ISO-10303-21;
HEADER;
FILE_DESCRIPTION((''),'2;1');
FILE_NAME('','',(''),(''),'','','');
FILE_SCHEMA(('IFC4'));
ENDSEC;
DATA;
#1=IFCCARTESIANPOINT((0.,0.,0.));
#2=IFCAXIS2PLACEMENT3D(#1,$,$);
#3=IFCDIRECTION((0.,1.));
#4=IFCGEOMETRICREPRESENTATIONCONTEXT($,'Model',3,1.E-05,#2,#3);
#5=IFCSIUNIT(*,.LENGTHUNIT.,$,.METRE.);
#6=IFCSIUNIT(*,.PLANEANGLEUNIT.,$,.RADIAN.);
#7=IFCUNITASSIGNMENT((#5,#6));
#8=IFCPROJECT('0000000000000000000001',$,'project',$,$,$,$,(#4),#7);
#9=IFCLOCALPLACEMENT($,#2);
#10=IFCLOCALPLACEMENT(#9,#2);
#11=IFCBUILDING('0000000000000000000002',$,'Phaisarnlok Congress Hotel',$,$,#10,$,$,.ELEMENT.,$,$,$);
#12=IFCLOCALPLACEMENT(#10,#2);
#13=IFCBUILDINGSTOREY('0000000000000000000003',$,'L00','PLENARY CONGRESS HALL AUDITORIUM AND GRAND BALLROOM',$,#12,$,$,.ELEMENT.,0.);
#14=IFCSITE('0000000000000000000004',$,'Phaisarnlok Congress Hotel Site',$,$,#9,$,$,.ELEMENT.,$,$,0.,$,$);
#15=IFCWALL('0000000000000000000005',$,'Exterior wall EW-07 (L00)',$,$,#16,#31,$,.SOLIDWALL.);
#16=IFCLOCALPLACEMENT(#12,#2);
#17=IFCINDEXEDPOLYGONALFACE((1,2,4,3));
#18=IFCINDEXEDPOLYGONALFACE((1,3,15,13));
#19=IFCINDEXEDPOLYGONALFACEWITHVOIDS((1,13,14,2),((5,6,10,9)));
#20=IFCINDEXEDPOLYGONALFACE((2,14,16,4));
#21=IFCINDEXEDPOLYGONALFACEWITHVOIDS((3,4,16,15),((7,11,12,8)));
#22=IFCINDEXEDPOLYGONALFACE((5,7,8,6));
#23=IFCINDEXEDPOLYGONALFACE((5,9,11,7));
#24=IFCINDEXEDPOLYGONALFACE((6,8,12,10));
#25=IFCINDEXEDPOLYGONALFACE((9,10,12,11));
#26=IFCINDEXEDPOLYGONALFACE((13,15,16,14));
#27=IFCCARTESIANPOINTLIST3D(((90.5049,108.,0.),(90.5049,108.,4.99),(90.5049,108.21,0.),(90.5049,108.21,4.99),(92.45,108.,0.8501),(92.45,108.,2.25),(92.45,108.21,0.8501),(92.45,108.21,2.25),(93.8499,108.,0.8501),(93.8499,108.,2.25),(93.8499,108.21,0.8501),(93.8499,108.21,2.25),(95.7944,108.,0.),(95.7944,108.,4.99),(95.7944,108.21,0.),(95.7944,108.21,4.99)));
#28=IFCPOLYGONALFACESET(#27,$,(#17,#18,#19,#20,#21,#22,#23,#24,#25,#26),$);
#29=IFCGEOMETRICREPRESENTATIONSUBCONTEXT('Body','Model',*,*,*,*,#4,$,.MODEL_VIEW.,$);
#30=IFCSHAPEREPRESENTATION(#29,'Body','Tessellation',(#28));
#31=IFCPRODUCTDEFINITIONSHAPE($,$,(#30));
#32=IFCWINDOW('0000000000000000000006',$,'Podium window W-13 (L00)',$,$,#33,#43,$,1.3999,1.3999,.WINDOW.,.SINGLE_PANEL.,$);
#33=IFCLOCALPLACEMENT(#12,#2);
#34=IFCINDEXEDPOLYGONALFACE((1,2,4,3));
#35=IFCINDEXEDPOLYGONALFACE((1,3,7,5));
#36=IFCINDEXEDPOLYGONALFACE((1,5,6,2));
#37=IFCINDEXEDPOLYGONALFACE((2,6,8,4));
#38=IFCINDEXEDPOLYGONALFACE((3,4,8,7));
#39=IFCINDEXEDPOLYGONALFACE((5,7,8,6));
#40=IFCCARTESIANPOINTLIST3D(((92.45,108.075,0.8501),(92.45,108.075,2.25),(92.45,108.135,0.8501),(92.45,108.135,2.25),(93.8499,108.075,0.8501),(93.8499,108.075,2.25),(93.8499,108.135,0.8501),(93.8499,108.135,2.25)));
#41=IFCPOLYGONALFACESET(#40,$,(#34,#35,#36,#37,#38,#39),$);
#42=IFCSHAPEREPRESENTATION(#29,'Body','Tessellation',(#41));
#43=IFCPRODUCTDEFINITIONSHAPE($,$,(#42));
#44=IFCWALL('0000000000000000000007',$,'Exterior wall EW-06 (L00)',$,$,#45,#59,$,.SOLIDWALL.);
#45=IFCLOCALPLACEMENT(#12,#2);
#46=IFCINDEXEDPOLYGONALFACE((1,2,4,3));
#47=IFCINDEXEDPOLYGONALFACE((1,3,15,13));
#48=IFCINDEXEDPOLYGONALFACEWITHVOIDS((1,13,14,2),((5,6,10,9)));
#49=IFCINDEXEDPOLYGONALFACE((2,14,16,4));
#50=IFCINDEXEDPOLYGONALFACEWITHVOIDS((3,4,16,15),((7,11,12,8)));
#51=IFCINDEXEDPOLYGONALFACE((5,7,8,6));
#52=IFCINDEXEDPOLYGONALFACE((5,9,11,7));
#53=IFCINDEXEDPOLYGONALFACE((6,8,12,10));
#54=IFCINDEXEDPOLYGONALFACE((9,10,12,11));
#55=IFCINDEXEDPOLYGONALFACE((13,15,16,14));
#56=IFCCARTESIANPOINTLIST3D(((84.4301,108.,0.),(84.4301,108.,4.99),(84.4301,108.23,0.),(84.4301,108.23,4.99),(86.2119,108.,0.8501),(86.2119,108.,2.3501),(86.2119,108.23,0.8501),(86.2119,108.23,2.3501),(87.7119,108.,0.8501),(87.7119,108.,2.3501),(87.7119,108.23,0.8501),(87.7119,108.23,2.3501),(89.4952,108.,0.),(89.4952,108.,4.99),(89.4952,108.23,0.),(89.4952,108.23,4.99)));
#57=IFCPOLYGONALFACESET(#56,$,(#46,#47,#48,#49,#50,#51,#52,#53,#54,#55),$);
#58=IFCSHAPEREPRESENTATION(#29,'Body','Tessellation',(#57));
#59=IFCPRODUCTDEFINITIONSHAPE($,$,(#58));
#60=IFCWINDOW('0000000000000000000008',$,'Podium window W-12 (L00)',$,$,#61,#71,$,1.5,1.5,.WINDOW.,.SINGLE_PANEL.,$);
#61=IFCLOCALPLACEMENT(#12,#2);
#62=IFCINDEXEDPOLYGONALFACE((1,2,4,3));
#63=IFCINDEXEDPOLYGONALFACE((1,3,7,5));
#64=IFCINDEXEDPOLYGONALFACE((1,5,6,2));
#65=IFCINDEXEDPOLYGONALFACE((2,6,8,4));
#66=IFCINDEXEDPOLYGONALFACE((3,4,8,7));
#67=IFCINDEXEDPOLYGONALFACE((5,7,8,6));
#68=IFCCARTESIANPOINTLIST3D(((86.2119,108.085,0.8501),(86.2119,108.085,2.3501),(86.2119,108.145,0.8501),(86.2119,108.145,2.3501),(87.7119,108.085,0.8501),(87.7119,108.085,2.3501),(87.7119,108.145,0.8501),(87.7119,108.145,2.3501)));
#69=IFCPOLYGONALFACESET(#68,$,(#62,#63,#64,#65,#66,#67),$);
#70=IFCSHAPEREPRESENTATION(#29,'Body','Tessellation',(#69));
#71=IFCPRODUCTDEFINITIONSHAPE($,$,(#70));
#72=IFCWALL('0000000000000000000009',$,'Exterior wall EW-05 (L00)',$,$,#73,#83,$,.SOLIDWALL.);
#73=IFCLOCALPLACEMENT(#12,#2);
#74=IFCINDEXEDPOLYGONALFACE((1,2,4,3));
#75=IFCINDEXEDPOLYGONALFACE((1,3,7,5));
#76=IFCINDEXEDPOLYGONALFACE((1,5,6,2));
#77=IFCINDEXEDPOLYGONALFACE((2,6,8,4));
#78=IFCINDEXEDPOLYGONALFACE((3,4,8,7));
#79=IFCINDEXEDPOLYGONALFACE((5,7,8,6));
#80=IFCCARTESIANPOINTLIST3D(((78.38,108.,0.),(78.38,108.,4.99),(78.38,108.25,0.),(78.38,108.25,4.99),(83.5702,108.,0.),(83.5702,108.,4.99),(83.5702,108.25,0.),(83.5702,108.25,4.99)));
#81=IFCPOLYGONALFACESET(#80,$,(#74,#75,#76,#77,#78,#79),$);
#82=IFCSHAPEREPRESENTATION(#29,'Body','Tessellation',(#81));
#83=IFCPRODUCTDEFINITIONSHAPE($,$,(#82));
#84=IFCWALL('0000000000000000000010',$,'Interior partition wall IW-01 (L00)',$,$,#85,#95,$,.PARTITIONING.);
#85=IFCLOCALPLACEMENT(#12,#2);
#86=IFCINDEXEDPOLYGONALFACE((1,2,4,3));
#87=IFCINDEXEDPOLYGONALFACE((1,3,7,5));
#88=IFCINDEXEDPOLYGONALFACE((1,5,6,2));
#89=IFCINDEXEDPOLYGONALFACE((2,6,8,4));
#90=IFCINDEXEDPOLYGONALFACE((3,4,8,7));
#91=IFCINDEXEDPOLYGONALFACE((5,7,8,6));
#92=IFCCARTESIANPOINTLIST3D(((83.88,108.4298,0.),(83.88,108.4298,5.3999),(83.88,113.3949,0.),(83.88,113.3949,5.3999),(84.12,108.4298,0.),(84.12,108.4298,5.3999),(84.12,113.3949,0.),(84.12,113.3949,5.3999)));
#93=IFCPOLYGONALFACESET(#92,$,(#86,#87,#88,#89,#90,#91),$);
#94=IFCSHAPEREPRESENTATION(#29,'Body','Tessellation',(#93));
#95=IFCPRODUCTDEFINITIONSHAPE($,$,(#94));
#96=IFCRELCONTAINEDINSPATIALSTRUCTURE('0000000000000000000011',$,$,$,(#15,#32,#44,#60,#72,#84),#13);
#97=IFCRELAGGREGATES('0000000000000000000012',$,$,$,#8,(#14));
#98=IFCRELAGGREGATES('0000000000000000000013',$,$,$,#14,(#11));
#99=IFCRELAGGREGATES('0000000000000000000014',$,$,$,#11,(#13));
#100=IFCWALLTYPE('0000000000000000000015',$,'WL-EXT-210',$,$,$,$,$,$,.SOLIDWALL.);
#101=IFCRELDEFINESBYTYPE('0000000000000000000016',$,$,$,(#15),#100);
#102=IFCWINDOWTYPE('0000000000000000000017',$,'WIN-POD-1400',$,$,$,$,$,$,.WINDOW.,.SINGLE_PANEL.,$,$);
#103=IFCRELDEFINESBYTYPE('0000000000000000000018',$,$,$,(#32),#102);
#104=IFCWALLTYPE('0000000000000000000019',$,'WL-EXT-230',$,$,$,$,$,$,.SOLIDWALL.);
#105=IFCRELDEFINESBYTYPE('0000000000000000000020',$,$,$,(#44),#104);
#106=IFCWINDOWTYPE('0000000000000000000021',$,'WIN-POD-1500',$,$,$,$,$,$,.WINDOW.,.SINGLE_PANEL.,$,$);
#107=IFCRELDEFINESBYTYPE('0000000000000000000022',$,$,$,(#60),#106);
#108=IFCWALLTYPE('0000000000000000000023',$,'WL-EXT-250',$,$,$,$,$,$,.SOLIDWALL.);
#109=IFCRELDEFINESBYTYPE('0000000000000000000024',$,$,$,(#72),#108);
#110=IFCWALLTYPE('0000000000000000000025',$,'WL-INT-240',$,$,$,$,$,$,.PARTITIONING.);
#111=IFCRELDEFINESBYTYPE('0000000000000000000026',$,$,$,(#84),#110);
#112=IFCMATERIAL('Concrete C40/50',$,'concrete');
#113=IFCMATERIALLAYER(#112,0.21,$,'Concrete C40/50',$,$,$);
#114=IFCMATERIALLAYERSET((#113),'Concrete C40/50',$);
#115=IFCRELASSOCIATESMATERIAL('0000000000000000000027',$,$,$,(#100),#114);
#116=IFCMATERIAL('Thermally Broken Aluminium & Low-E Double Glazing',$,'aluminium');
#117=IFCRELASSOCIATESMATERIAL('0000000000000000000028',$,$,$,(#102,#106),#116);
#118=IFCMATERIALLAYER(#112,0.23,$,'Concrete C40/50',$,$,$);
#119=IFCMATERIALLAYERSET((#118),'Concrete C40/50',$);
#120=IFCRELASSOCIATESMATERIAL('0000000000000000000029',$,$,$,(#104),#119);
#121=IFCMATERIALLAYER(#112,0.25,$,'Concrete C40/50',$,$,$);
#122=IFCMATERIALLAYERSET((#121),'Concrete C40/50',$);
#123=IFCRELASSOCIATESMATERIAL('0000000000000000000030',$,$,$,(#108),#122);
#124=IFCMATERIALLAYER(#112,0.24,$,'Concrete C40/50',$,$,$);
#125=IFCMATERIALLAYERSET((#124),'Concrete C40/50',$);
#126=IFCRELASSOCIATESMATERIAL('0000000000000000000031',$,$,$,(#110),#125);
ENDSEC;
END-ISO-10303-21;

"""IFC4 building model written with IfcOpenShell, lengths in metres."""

from ifc_helpers import new_model, si_unit, direction, frame, frame_2d, origin, place, context, subcontext, project, spatial, rectangle, extrude, material, layer, layer_set, type_object, element, fill, save


model = new_model("IFC4")

# Units and contexts
model_context = context("Model", 3, precision=1e-05, world=origin(), true_north=direction((0.0, 1.0)))
body_context = subcontext(model_context, "Body", "Model", "MODEL_VIEW")
ifc_project = project(units=[si_unit("LENGTHUNIT", "METRE"), si_unit("PLANEANGLEUNIT", "RADIAN")], contexts=[model_context])

# Site, building, storey
site_placement = place(None, origin())
site = spatial("IfcSite", under=ifc_project, at=site_placement, Name="Phaisarnlok Congress Hotel Site", CompositionType="ELEMENT", RefElevation=0.0)
building_placement = place(site_placement, origin())
building = spatial("IfcBuilding", under=site, at=building_placement, Name="Phaisarnlok Congress Hotel", CompositionType="ELEMENT")
storey_placement = place(building_placement, origin())
storey = spatial("IfcBuildingStorey", under=building, at=storey_placement, Name="L00", Description="PLENARY CONGRESS HALL AUDITORIUM AND GRAND BALLROOM", CompositionType="ELEMENT", Elevation=0.0)

# Shared definitions
ifc_material_1 = material(Name="Concrete C40/50", Category="concrete")

# Walls, openings, windows
ifc_layer_1 = layer(ifc_material_1, 0.21, Name="Concrete C40/50")
ifc_layer_set_1 = layer_set([ifc_layer_1], Name="Concrete C40/50")
wall_type_1 = type_object("IfcWallType", Name="WL-EXT-210", PredefinedType="SOLIDWALL", material=ifc_layer_set_1)
wall_1_placement = place(storey_placement, frame((90.5049, 108.105, 0.0), z_axis=(0.0, 0.0, 1.0), x_axis=(1.0, 0.0, 0.0)))
wall_1 = element("IfcWall", 1, at=wall_1_placement, inside=storey, type_object=wall_type_1, Name="Exterior wall EW-07 (L00)", PredefinedType="SOLIDWALL", context=body_context, shape_type="SweptSolid", body=[
    extrude(rectangle(XDim=5.2896, YDim=0.21, at=frame_2d((2.6448, 0.0))), origin(), (0.0, 0.0, 1.0), 4.99),
])
opening_1_placement = place(wall_1_placement, frame((1.9451, 0.0, 0.8501)))
opening_1 = element("IfcOpeningElement", 2, at=opening_1_placement, cuts=wall_1, PredefinedType="OPENING", context=body_context, shape_type="SweptSolid", body=[
    extrude(rectangle(XDim=1.3999, YDim=1.3999, at=frame_2d((0.7, 0.7))), frame((0.0, 0.115, 0.0), z_axis=(0.0, -1.0, 0.0), x_axis=(1.0, 0.0, 0.0)), (0.0, 0.0, 1.0), 0.23),
])
ifc_material_2 = material(Name="Thermally Broken Aluminium & Low-E Double Glazing", Category="aluminium")
window_type_1 = type_object("IfcWindowType", Name="WIN-POD-1400", PartitioningType="SINGLE_PANEL", PredefinedType="WINDOW", material=ifc_material_2)
window_1_placement = place(opening_1_placement, origin())
window_1 = element("IfcWindow", 3, at=window_1_placement, inside=storey, type_object=window_type_1, Name="Podium window W-13 (L00)", OverallHeight=1.3999, OverallWidth=1.3999, PartitioningType="SINGLE_PANEL", PredefinedType="WINDOW", context=body_context, shape_type="SweptSolid", body=[
    extrude(rectangle(XDim=1.3999, YDim=1.3999, at=frame_2d((0.7, 0.7))), frame((0.0, 0.03, 0.0), z_axis=(0.0, -1.0, 0.0), x_axis=(1.0, 0.0, 0.0)), (0.0, 0.0, 1.0), 0.0601),
])
fill(opening_1, window_1)
ifc_layer_2 = layer(ifc_material_1, 0.23, Name="Concrete C40/50")
ifc_layer_set_2 = layer_set([ifc_layer_2], Name="Concrete C40/50")
wall_type_2 = type_object("IfcWallType", Name="WL-EXT-230", PredefinedType="SOLIDWALL", material=ifc_layer_set_2)
wall_2_placement = place(storey_placement, frame((84.4299, 108.115, 0.0), z_axis=(0.0, 0.0, 1.0), x_axis=(1.0, 0.0, 0.0)))
wall_2 = element("IfcWall", 4, at=wall_2_placement, inside=storey, type_object=wall_type_2, Name="Exterior wall EW-06 (L00)", PredefinedType="SOLIDWALL", context=body_context, shape_type="SweptSolid", body=[
    extrude(rectangle(XDim=5.0652, YDim=0.23, at=frame_2d((2.5327, 0.0))), origin(), (0.0, 0.0, 1.0), 4.99),
])
opening_2_placement = place(wall_2_placement, frame((1.782, 0.0, 0.8501)))
opening_2 = element("IfcOpeningElement", 5, at=opening_2_placement, cuts=wall_2, PredefinedType="OPENING", context=body_context, shape_type="SweptSolid", body=[
    extrude(rectangle(XDim=1.5, YDim=1.5, at=frame_2d((0.75, 0.75))), frame((0.0, 0.125, 0.0), z_axis=(0.0, -1.0, 0.0), x_axis=(1.0, 0.0, 0.0)), (0.0, 0.0, 1.0), 0.25),
])
window_type_2 = type_object("IfcWindowType", Name="WIN-POD-1500", PartitioningType="SINGLE_PANEL", PredefinedType="WINDOW", material=ifc_material_2)
window_2_placement = place(opening_2_placement, origin())
window_2 = element("IfcWindow", 6, at=window_2_placement, inside=storey, type_object=window_type_2, Name="Podium window W-12 (L00)", OverallHeight=1.5, OverallWidth=1.5, PartitioningType="SINGLE_PANEL", PredefinedType="WINDOW", context=body_context, shape_type="SweptSolid", body=[
    extrude(rectangle(XDim=1.5, YDim=1.5, at=frame_2d((0.75, 0.75))), frame((0.0, 0.03, 0.0), z_axis=(0.0, -1.0, 0.0), x_axis=(1.0, 0.0, 0.0)), (0.0, 0.0, 1.0), 0.0601),
])
fill(opening_2, window_2)

# Walls
ifc_layer_3 = layer(ifc_material_1, 0.25, Name="Concrete C40/50")
ifc_layer_set_3 = layer_set([ifc_layer_3], Name="Concrete C40/50")
wall_type_3 = type_object("IfcWallType", Name="WL-EXT-250", PredefinedType="SOLIDWALL", material=ifc_layer_set_3)
wall_3_placement = place(storey_placement, frame((78.3799, 108.125, 0.0), z_axis=(0.0, 0.0, 1.0), x_axis=(1.0, 0.0, 0.0)))
element("IfcWall", 7, at=wall_3_placement, inside=storey, type_object=wall_type_3, Name="Exterior wall EW-05 (L00)", PredefinedType="SOLIDWALL", context=body_context, shape_type="SweptSolid", body=[
    extrude(rectangle(XDim=5.1902, YDim=0.25, at=frame_2d((2.5952, 0.0))), origin(), (0.0, 0.0, 1.0), 4.99),
])
ifc_layer_4 = layer(ifc_material_1, 0.24, Name="Concrete C40/50")
ifc_layer_set_4 = layer_set([ifc_layer_4], Name="Concrete C40/50")
wall_type_4 = type_object("IfcWallType", Name="WL-INT-240", PredefinedType="PARTITIONING", material=ifc_layer_set_4)
wall_4_placement = place(storey_placement, frame((84.0, 108.4299, 0.0), z_axis=(0.0, 0.0, 1.0), x_axis=(0.0, 1.0, 0.0)))
element("IfcWall", 8, at=wall_4_placement, inside=storey, type_object=wall_type_4, Name="Interior partition wall IW-01 (L00)", PredefinedType="PARTITIONING", context=body_context, shape_type="SweptSolid", body=[
    extrude(rectangle(XDim=4.9651, YDim=0.24, at=frame_2d((2.4824, 0.0))), origin(), (0.0, 0.0, 1.0), 5.3999),
])

save(model, "model.ifc")
